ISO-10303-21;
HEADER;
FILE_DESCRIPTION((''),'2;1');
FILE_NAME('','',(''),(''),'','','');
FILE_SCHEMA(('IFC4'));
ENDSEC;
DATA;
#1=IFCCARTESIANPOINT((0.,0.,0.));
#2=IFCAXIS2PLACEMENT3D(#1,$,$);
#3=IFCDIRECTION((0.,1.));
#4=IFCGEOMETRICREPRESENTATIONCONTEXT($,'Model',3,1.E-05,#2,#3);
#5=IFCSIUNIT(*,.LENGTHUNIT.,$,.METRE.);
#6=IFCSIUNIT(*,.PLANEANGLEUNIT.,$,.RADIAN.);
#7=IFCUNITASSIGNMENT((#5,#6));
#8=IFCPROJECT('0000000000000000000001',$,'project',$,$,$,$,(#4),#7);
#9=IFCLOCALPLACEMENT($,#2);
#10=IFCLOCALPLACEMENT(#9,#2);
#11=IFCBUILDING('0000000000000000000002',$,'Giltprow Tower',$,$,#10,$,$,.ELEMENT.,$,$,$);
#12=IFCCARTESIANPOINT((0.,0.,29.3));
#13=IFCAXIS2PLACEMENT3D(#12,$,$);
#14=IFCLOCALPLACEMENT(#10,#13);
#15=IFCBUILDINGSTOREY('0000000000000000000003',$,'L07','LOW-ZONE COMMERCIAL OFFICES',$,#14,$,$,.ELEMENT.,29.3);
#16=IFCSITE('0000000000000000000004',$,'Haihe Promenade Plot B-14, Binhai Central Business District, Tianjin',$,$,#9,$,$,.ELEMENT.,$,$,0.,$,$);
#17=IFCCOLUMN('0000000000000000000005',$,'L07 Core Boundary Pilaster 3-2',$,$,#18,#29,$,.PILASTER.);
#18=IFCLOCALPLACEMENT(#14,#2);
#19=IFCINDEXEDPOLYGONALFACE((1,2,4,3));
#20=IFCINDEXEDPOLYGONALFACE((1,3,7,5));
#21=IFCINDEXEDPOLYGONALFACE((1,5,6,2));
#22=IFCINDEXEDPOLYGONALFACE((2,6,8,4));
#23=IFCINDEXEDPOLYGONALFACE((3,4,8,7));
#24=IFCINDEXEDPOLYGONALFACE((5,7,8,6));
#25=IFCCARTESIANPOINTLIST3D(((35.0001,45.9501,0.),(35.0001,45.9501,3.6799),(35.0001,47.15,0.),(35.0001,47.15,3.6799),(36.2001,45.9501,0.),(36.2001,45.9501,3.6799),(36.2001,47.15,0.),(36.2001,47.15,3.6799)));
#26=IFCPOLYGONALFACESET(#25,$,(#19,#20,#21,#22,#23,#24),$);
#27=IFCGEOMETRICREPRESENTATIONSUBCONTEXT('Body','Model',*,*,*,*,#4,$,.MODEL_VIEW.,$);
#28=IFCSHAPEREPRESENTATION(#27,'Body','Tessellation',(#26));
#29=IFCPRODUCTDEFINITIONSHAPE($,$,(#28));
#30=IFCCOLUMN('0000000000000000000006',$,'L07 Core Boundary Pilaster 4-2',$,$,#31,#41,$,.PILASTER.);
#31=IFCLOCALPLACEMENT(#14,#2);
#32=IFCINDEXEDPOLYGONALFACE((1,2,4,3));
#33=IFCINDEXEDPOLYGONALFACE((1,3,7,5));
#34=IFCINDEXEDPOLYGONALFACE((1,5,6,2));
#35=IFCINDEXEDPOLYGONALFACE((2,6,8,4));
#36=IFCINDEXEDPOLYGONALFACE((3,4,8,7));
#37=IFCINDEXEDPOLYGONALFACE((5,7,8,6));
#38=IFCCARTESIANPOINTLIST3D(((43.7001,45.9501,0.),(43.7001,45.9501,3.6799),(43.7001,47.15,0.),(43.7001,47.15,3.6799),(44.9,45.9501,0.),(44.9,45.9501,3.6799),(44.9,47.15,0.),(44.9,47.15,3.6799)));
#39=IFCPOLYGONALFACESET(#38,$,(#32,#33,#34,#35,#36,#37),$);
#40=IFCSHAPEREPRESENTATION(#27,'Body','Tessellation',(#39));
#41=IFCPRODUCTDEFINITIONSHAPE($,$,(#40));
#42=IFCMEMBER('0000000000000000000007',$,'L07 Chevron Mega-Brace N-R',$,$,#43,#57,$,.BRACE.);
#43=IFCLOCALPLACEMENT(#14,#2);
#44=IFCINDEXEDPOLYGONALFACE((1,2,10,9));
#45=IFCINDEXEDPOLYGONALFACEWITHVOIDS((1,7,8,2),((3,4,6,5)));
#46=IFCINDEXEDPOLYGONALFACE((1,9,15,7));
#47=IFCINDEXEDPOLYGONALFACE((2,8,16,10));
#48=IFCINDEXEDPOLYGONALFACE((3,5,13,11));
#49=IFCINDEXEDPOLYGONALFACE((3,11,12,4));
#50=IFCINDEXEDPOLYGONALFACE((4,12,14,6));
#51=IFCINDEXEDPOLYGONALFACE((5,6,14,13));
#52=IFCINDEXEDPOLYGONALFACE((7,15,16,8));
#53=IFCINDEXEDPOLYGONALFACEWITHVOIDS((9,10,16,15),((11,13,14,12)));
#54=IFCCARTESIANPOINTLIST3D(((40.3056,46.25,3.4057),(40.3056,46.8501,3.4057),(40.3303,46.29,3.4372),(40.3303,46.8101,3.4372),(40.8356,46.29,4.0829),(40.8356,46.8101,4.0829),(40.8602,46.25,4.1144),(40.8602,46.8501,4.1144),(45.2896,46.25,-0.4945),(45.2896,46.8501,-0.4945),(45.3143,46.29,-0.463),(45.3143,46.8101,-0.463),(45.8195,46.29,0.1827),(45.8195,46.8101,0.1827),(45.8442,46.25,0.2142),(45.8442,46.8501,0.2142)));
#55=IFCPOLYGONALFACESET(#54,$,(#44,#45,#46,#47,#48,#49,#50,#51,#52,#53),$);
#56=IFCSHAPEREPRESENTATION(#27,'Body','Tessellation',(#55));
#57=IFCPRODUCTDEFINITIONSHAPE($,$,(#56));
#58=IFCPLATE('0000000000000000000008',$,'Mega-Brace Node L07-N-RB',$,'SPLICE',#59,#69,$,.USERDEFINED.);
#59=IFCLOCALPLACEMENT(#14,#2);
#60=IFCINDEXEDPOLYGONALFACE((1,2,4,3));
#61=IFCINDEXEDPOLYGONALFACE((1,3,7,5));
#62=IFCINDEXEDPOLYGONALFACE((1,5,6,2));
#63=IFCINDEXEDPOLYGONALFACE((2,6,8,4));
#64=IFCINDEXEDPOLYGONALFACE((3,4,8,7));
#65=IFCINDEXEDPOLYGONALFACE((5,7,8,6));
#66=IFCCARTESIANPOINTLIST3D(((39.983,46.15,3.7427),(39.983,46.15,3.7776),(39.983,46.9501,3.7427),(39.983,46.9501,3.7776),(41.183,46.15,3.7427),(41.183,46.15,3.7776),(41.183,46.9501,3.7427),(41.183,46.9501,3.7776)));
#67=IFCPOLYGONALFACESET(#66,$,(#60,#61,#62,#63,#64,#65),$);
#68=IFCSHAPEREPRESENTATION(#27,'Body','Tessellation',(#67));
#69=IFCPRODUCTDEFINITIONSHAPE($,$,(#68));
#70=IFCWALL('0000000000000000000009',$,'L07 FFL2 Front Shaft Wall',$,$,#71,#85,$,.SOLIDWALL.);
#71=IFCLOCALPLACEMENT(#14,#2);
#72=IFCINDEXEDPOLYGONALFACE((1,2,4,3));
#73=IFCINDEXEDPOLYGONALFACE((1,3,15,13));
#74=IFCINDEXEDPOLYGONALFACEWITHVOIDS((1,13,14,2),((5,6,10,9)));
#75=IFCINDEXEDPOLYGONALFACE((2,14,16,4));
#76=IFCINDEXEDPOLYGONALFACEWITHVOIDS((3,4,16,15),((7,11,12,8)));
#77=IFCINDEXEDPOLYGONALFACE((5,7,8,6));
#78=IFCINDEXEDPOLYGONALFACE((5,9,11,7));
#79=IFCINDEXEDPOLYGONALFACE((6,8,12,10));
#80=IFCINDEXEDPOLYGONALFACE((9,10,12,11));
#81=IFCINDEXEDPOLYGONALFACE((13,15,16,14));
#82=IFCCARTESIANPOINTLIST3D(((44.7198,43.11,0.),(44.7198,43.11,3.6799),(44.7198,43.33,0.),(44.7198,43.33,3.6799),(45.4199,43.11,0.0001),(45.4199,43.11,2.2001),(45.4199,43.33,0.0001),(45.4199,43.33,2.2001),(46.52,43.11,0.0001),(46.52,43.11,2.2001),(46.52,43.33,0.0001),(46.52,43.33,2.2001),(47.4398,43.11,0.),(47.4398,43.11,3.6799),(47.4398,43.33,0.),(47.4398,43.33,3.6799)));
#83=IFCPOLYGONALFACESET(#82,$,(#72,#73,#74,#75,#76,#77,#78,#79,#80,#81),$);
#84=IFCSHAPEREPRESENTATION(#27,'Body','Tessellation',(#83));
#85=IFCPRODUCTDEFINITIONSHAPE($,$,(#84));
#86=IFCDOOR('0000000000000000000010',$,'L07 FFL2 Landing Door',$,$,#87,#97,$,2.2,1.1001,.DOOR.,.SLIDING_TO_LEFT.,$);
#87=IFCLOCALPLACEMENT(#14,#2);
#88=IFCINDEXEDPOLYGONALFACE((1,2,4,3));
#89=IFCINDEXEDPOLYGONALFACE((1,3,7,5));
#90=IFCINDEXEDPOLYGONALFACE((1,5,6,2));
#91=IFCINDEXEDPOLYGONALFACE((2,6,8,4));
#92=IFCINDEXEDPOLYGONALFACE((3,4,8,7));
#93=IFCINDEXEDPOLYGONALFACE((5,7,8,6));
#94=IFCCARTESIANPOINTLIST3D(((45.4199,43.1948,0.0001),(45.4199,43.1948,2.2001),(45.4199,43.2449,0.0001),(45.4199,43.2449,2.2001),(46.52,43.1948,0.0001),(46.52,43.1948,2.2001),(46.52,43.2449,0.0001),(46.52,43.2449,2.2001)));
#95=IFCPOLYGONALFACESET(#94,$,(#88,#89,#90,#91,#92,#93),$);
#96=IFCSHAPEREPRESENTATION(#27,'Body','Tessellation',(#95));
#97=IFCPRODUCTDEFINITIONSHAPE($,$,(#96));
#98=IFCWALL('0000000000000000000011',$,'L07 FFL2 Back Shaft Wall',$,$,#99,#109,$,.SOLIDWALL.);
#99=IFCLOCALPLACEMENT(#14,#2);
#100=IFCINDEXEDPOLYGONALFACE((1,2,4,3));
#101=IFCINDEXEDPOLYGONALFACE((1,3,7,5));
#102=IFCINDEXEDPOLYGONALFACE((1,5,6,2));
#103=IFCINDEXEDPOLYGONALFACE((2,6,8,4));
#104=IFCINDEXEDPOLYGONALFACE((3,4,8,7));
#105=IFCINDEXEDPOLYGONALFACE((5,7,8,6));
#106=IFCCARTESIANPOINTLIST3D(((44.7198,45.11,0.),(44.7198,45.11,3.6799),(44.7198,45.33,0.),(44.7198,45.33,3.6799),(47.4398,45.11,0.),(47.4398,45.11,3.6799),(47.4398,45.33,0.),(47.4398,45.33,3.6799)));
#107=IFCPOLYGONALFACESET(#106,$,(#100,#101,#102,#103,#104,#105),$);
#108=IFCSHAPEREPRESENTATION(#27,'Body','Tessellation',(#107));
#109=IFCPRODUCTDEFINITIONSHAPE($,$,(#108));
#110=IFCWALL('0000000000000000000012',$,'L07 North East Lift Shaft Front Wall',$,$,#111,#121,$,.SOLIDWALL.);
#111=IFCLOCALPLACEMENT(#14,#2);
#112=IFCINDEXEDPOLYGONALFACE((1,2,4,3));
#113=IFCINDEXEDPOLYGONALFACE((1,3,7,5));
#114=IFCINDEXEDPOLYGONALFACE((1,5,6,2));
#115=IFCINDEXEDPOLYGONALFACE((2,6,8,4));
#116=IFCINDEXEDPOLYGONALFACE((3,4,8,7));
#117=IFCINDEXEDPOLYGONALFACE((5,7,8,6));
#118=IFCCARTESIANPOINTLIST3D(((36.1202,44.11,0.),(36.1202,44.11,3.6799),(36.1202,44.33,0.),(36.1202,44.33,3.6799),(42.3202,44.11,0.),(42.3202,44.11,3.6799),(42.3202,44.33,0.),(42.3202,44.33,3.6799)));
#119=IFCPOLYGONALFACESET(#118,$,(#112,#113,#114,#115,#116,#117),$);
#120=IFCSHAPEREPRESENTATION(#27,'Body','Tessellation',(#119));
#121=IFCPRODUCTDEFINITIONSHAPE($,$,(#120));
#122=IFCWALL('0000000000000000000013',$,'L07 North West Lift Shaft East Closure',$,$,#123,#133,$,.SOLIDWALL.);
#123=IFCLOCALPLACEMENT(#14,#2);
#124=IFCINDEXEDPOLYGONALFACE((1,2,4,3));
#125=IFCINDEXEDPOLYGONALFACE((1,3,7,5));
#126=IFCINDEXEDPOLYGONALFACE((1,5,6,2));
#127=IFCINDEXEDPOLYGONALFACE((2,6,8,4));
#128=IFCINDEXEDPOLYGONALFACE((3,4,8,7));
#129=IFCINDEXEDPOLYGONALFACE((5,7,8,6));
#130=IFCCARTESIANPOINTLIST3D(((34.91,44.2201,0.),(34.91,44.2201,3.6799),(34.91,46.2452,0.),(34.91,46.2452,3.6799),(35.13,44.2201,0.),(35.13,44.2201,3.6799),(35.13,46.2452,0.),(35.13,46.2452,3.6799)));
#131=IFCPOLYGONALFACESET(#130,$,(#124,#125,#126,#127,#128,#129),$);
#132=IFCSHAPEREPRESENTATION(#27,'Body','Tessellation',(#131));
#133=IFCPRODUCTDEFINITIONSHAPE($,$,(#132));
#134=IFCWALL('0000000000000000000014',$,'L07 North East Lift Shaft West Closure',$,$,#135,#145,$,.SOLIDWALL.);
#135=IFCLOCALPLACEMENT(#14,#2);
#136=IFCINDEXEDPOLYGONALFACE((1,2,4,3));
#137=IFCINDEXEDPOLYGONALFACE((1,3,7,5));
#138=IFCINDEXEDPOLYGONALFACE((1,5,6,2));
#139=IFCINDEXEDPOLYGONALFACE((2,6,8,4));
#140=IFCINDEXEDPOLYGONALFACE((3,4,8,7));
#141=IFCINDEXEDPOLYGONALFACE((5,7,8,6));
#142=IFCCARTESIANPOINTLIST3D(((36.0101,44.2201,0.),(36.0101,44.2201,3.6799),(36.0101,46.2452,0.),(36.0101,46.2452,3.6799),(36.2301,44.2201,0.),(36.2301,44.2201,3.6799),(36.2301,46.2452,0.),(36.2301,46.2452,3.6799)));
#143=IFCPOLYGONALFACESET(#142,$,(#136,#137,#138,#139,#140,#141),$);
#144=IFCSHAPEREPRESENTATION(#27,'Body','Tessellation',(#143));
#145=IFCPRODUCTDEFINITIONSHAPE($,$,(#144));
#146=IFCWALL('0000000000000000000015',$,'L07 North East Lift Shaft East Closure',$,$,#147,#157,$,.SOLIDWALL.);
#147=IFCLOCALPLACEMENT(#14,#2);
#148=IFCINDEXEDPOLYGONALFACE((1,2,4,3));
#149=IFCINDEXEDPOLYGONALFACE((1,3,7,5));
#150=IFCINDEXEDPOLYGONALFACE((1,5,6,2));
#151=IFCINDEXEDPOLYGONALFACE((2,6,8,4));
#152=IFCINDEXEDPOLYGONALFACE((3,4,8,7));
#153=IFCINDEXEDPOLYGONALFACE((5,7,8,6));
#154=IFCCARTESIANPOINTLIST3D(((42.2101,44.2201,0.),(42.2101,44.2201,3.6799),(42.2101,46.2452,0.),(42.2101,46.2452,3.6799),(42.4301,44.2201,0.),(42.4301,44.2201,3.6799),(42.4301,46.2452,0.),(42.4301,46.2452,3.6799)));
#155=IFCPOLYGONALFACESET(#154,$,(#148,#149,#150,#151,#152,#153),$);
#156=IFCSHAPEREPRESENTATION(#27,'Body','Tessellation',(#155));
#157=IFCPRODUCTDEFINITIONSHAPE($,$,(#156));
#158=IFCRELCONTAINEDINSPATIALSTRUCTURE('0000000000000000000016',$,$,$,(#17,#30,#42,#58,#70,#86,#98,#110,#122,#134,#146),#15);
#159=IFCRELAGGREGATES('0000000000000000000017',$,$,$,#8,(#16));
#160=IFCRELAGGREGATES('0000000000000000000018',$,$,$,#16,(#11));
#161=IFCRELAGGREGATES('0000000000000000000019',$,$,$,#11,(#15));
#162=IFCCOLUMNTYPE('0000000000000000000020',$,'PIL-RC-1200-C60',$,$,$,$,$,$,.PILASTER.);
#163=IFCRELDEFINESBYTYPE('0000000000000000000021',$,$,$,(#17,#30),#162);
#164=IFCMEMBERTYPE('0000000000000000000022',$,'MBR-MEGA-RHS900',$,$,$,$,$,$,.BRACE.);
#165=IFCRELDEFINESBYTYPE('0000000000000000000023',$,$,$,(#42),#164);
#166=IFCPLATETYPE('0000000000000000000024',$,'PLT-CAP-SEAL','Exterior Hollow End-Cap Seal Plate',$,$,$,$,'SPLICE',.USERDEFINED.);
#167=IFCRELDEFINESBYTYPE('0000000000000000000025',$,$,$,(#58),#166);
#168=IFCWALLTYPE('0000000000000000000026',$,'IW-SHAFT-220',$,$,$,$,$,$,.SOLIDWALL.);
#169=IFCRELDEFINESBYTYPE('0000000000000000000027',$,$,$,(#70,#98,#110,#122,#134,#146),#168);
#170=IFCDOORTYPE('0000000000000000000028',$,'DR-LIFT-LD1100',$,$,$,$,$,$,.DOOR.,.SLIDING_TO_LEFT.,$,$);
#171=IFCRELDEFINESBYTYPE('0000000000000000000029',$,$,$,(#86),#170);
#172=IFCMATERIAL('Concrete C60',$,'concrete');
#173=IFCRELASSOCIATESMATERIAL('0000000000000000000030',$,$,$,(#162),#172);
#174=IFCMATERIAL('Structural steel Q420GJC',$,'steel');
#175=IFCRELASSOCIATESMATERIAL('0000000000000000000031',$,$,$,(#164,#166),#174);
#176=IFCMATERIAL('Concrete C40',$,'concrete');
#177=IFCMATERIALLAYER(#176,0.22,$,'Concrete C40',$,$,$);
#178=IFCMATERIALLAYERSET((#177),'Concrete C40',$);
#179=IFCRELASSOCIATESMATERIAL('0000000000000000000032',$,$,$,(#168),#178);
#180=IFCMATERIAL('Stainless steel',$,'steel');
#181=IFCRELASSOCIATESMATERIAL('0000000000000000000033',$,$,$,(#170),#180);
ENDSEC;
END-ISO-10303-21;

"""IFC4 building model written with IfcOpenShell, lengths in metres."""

from ifc_helpers import new_model, si_unit, direction, frame, frame_2d, origin, origin_2d, place, context, subcontext, project, spatial, rectangle, hollow_rectangle, extrude, source, transform, mapped, material, layer, layer_set, material_profile, profile_set, type_object, element, fill, save


model = new_model("IFC4")

# Units and contexts
model_context = context("Model", 3, precision=1e-05, world=origin(), true_north=direction((0.0, 1.0)))
body_context = subcontext(model_context, "Body", "Model", "MODEL_VIEW")
ifc_project = project(units=[si_unit("LENGTHUNIT", "METRE"), si_unit("PLANEANGLEUNIT", "RADIAN")], contexts=[model_context])

# Site, building, storey
site_placement = place(None, origin())
site = spatial("IfcSite", under=ifc_project, at=site_placement, Name="Haihe Promenade Plot B-14, Binhai Central Business District, Tianjin", CompositionType="ELEMENT", RefElevation=0.0)
building_placement = place(site_placement, origin())
building = spatial("IfcBuilding", under=site, at=building_placement, Name="Giltprow Tower", CompositionType="ELEMENT")
storey_placement = place(building_placement, frame((0.0, 0.0, 29.3)))
storey = spatial("IfcBuildingStorey", under=building, at=storey_placement, Name="L07", Description="LOW-ZONE COMMERCIAL OFFICES", CompositionType="ELEMENT", Elevation=29.3)

# Columns
ifc_material_1 = material(Name="Concrete C60", Category="concrete")
ifc_material_profile_1 = material_profile(ifc_material_1, rectangle(XDim=1.2, YDim=1.2, at=origin_2d()), Name="RC 1200x1200")
ifc_profile_set_1 = profile_set([ifc_material_profile_1], Name="Concrete C60")
column_type = type_object("IfcColumnType", Name="PIL-RC-1200-C60", PredefinedType="PILASTER", material=ifc_profile_set_1)
shared_shape_1 = source(origin(), body_context, "Body", "SweptSolid", [
    extrude(rectangle(XDim=1.2, YDim=1.2, at=origin_2d()), origin(), (0.0, 0.0, 1.0), 3.6799),
])
for number, where, z_axis, x_axis, name in (
    (1, (35.6001, 46.55, 0.0), (0.0, 0.0, 1.0), (1.0, 0.0, 0.0), "L07 Core Boundary Pilaster 3-2"),
    (2, (44.3, 46.55, 0.0), (0.0, 0.0, 1.0), (1.0, 0.0, 0.0), "L07 Core Boundary Pilaster 4-2"),
):
    element("IfcColumn", number, at=place(storey_placement, frame(where, z_axis=z_axis, x_axis=x_axis)), inside=storey, type_object=column_type, Name=name, PredefinedType="PILASTER", context=body_context, shape_type="MappedRepresentation", body=[
        mapped(shared_shape_1, transform((0.0, 0.0, 0.0), x_axis=(1.0, 0.0, 0.0), y_axis=(0.0, 1.0, 0.0), z_axis=(0.0, 0.0, 1.0), scale=1.0)),
    ])

# Member
ifc_material_2 = material(Name="Structural steel Q420GJC", Category="steel")
ifc_material_profile_2 = material_profile(ifc_material_2, hollow_rectangle(XDim=0.6001, YDim=0.8999, WallThickness=0.04, at=origin_2d()), Name="RHS 900x600x40")
ifc_profile_set_2 = profile_set([ifc_material_profile_2], Name="Structural steel Q420GJC")
member_type = type_object("IfcMemberType", Name="MBR-MEGA-RHS900", PredefinedType="BRACE", material=ifc_profile_set_2)
shared_shape_2 = source(origin(), body_context, "Body", "SweptSolid", [
    extrude(hollow_rectangle(XDim=0.6001, YDim=0.8999, WallThickness=0.04, at=origin_2d()), origin(), (0.0, 0.0, 1.0), 6.3286),
])
member_placement = place(storey_placement, frame((45.5669, 46.55, -0.1401), z_axis=(-0.787527, 0.0, 0.61628), x_axis=(0.0, -1.0, 0.0)))
element("IfcMember", 3, at=member_placement, inside=storey, type_object=member_type, Name="L07 Chevron Mega-Brace N-R", PredefinedType="BRACE", context=body_context, shape_type="MappedRepresentation", body=[
    mapped(shared_shape_2, transform((0.0, 0.0, 0.0), x_axis=(1.0, 0.0, 0.0), y_axis=(0.0, 1.0, 0.0), z_axis=(0.0, 0.0, 1.0), scale=1.0)),
])

# Plate
plate_type = type_object("IfcPlateType", Name="PLT-CAP-SEAL", Description="Exterior Hollow End-Cap Seal Plate", ElementType="SPLICE", PredefinedType="USERDEFINED", material=ifc_material_2)
shared_shape_3 = source(origin(), body_context, "Body", "SweptSolid", [
    extrude(rectangle(XDim=1.2, YDim=0.8, at=origin_2d()), origin(), (0.0, 0.0, 1.0), 0.0349),
])
plate_placement = place(storey_placement, frame((40.583, 46.55, 3.7427), z_axis=(0.0, 0.0, 1.0), x_axis=(1.0, 0.0, 0.0)))
element("IfcPlate", 4, at=plate_placement, inside=storey, type_object=plate_type, Name="Mega-Brace Node L07-N-RB", ObjectType="SPLICE", PredefinedType="USERDEFINED", context=body_context, shape_type="MappedRepresentation", body=[
    mapped(shared_shape_3, transform((0.0, 0.0, 0.0), x_axis=(1.0, 0.0, 0.0), y_axis=(0.0, 1.0, 0.0), z_axis=(0.0, 0.0, 1.0), scale=1.0)),
])

# Wall, opening, door
ifc_material_3 = material(Name="Concrete C40", Category="concrete")
ifc_layer_1 = layer(ifc_material_3, 0.22, Name="Concrete C40")
ifc_layer_set_1 = layer_set([ifc_layer_1], Name="Concrete C40")
wall_type_1 = type_object("IfcWallType", Name="IW-SHAFT-220", PredefinedType="SOLIDWALL", material=ifc_layer_set_1)
wall_1_placement = place(storey_placement, frame((44.72, 43.22, 0.0), z_axis=(0.0, 0.0, 1.0), x_axis=(1.0, 0.0, 0.0)))
wall_1 = element("IfcWall", 5, at=wall_1_placement, inside=storey, type_object=wall_type_1, Name="L07 FFL2 Front Shaft Wall", PredefinedType="SOLIDWALL", context=body_context, shape_type="SweptSolid", body=[
    extrude(rectangle(XDim=2.72, YDim=0.22, at=frame_2d((1.3599, 0.0))), origin(), (0.0, 0.0, 1.0), 3.6799),
])
opening_1_placement = place(wall_1_placement, frame((0.7, 0.0, 0.0)))
opening_1 = element("IfcOpeningElement", 6, at=opening_1_placement, cuts=wall_1, PredefinedType="OPENING", context=body_context, shape_type="SweptSolid", body=[
    extrude(rectangle(XDim=1.1001, YDim=2.2, at=frame_2d((0.55, 1.1001))), frame((0.0, 0.1199, 0.0), z_axis=(0.0, -1.0, 0.0), x_axis=(1.0, 0.0, 0.0)), (0.0, 0.0, 1.0), 0.24),
])
ifc_material_4 = material(Name="Stainless steel", Category="steel")
door_type = type_object("IfcDoorType", Name="DR-LIFT-LD1100", OperationType="SLIDING_TO_LEFT", PredefinedType="DOOR", material=ifc_material_4)
shared_shape_4 = source(origin(), body_context, "Body", "SweptSolid", [
    extrude(rectangle(XDim=1.1001, YDim=2.2, at=frame_2d((0.55, 1.1001))), frame((0.0, 0.0249, 0.0), z_axis=(0.0, -1.0, 0.0), x_axis=(1.0, 0.0, 0.0)), (0.0, 0.0, 1.0), 0.05),
])
door_1_placement = place(opening_1_placement, origin())
door_1 = element("IfcDoor", 7, at=door_1_placement, inside=storey, type_object=door_type, Name="L07 FFL2 Landing Door", OperationType="SLIDING_TO_LEFT", OverallHeight=2.2, OverallWidth=1.1001, PredefinedType="DOOR", context=body_context, shape_type="MappedRepresentation", body=[
    mapped(shared_shape_4, transform((0.0, 0.0, 0.0), x_axis=(1.0, 0.0, 0.0), y_axis=(0.0, 1.0, 0.0), z_axis=(0.0, 0.0, 1.0), scale=1.0)),
])
fill(opening_1, door_1)

# Walls
wall_2_placement = place(storey_placement, frame((44.72, 45.22, 0.0), z_axis=(0.0, 0.0, 1.0), x_axis=(1.0, 0.0, 0.0)))
element("IfcWall", 8, at=wall_2_placement, inside=storey, type_object=wall_type_1, Name="L07 FFL2 Back Shaft Wall", PredefinedType="SOLIDWALL", context=body_context, shape_type="SweptSolid", body=[
    extrude(rectangle(XDim=2.72, YDim=0.22, at=frame_2d((1.3599, 0.0))), origin(), (0.0, 0.0, 1.0), 3.6799),
])
wall_3_placement = place(storey_placement, frame((36.1201, 44.22, 0.0), z_axis=(0.0, 0.0, 1.0), x_axis=(1.0, 0.0, 0.0)))
element("IfcWall", 9, at=wall_3_placement, inside=storey, type_object=wall_type_1, Name="L07 North East Lift Shaft Front Wall", PredefinedType="SOLIDWALL", context=body_context, shape_type="SweptSolid", body=[
    extrude(rectangle(XDim=6.2, YDim=0.22, at=frame_2d((3.1001, 0.0))), origin(), (0.0, 0.0, 1.0), 3.6799),
])
for number, where, z_axis, x_axis, name in (
    (10, (35.02, 44.22, 0.0), (0.0, 0.0, 1.0), (0.0, 1.0, 0.0), "L07 North West Lift Shaft East Closure"),
    (11, (36.1201, 44.22, 0.0), (0.0, 0.0, 1.0), (0.0, 1.0, 0.0), "L07 North East Lift Shaft West Closure"),
    (12, (42.3201, 44.22, 0.0), (0.0, 0.0, 1.0), (0.0, 1.0, 0.0), "L07 North East Lift Shaft East Closure"),
):
    element("IfcWall", number, at=place(storey_placement, frame(where, z_axis=z_axis, x_axis=x_axis)), inside=storey, type_object=wall_type_1, Name=name, PredefinedType="SOLIDWALL", context=body_context, shape_type="SweptSolid", body=[
        extrude(rectangle(XDim=2.0251, YDim=0.22, at=frame_2d((1.0127, 0.0))), origin(), (0.0, 0.0, 1.0), 3.6799),
    ])

save(model, "model.ifc")
